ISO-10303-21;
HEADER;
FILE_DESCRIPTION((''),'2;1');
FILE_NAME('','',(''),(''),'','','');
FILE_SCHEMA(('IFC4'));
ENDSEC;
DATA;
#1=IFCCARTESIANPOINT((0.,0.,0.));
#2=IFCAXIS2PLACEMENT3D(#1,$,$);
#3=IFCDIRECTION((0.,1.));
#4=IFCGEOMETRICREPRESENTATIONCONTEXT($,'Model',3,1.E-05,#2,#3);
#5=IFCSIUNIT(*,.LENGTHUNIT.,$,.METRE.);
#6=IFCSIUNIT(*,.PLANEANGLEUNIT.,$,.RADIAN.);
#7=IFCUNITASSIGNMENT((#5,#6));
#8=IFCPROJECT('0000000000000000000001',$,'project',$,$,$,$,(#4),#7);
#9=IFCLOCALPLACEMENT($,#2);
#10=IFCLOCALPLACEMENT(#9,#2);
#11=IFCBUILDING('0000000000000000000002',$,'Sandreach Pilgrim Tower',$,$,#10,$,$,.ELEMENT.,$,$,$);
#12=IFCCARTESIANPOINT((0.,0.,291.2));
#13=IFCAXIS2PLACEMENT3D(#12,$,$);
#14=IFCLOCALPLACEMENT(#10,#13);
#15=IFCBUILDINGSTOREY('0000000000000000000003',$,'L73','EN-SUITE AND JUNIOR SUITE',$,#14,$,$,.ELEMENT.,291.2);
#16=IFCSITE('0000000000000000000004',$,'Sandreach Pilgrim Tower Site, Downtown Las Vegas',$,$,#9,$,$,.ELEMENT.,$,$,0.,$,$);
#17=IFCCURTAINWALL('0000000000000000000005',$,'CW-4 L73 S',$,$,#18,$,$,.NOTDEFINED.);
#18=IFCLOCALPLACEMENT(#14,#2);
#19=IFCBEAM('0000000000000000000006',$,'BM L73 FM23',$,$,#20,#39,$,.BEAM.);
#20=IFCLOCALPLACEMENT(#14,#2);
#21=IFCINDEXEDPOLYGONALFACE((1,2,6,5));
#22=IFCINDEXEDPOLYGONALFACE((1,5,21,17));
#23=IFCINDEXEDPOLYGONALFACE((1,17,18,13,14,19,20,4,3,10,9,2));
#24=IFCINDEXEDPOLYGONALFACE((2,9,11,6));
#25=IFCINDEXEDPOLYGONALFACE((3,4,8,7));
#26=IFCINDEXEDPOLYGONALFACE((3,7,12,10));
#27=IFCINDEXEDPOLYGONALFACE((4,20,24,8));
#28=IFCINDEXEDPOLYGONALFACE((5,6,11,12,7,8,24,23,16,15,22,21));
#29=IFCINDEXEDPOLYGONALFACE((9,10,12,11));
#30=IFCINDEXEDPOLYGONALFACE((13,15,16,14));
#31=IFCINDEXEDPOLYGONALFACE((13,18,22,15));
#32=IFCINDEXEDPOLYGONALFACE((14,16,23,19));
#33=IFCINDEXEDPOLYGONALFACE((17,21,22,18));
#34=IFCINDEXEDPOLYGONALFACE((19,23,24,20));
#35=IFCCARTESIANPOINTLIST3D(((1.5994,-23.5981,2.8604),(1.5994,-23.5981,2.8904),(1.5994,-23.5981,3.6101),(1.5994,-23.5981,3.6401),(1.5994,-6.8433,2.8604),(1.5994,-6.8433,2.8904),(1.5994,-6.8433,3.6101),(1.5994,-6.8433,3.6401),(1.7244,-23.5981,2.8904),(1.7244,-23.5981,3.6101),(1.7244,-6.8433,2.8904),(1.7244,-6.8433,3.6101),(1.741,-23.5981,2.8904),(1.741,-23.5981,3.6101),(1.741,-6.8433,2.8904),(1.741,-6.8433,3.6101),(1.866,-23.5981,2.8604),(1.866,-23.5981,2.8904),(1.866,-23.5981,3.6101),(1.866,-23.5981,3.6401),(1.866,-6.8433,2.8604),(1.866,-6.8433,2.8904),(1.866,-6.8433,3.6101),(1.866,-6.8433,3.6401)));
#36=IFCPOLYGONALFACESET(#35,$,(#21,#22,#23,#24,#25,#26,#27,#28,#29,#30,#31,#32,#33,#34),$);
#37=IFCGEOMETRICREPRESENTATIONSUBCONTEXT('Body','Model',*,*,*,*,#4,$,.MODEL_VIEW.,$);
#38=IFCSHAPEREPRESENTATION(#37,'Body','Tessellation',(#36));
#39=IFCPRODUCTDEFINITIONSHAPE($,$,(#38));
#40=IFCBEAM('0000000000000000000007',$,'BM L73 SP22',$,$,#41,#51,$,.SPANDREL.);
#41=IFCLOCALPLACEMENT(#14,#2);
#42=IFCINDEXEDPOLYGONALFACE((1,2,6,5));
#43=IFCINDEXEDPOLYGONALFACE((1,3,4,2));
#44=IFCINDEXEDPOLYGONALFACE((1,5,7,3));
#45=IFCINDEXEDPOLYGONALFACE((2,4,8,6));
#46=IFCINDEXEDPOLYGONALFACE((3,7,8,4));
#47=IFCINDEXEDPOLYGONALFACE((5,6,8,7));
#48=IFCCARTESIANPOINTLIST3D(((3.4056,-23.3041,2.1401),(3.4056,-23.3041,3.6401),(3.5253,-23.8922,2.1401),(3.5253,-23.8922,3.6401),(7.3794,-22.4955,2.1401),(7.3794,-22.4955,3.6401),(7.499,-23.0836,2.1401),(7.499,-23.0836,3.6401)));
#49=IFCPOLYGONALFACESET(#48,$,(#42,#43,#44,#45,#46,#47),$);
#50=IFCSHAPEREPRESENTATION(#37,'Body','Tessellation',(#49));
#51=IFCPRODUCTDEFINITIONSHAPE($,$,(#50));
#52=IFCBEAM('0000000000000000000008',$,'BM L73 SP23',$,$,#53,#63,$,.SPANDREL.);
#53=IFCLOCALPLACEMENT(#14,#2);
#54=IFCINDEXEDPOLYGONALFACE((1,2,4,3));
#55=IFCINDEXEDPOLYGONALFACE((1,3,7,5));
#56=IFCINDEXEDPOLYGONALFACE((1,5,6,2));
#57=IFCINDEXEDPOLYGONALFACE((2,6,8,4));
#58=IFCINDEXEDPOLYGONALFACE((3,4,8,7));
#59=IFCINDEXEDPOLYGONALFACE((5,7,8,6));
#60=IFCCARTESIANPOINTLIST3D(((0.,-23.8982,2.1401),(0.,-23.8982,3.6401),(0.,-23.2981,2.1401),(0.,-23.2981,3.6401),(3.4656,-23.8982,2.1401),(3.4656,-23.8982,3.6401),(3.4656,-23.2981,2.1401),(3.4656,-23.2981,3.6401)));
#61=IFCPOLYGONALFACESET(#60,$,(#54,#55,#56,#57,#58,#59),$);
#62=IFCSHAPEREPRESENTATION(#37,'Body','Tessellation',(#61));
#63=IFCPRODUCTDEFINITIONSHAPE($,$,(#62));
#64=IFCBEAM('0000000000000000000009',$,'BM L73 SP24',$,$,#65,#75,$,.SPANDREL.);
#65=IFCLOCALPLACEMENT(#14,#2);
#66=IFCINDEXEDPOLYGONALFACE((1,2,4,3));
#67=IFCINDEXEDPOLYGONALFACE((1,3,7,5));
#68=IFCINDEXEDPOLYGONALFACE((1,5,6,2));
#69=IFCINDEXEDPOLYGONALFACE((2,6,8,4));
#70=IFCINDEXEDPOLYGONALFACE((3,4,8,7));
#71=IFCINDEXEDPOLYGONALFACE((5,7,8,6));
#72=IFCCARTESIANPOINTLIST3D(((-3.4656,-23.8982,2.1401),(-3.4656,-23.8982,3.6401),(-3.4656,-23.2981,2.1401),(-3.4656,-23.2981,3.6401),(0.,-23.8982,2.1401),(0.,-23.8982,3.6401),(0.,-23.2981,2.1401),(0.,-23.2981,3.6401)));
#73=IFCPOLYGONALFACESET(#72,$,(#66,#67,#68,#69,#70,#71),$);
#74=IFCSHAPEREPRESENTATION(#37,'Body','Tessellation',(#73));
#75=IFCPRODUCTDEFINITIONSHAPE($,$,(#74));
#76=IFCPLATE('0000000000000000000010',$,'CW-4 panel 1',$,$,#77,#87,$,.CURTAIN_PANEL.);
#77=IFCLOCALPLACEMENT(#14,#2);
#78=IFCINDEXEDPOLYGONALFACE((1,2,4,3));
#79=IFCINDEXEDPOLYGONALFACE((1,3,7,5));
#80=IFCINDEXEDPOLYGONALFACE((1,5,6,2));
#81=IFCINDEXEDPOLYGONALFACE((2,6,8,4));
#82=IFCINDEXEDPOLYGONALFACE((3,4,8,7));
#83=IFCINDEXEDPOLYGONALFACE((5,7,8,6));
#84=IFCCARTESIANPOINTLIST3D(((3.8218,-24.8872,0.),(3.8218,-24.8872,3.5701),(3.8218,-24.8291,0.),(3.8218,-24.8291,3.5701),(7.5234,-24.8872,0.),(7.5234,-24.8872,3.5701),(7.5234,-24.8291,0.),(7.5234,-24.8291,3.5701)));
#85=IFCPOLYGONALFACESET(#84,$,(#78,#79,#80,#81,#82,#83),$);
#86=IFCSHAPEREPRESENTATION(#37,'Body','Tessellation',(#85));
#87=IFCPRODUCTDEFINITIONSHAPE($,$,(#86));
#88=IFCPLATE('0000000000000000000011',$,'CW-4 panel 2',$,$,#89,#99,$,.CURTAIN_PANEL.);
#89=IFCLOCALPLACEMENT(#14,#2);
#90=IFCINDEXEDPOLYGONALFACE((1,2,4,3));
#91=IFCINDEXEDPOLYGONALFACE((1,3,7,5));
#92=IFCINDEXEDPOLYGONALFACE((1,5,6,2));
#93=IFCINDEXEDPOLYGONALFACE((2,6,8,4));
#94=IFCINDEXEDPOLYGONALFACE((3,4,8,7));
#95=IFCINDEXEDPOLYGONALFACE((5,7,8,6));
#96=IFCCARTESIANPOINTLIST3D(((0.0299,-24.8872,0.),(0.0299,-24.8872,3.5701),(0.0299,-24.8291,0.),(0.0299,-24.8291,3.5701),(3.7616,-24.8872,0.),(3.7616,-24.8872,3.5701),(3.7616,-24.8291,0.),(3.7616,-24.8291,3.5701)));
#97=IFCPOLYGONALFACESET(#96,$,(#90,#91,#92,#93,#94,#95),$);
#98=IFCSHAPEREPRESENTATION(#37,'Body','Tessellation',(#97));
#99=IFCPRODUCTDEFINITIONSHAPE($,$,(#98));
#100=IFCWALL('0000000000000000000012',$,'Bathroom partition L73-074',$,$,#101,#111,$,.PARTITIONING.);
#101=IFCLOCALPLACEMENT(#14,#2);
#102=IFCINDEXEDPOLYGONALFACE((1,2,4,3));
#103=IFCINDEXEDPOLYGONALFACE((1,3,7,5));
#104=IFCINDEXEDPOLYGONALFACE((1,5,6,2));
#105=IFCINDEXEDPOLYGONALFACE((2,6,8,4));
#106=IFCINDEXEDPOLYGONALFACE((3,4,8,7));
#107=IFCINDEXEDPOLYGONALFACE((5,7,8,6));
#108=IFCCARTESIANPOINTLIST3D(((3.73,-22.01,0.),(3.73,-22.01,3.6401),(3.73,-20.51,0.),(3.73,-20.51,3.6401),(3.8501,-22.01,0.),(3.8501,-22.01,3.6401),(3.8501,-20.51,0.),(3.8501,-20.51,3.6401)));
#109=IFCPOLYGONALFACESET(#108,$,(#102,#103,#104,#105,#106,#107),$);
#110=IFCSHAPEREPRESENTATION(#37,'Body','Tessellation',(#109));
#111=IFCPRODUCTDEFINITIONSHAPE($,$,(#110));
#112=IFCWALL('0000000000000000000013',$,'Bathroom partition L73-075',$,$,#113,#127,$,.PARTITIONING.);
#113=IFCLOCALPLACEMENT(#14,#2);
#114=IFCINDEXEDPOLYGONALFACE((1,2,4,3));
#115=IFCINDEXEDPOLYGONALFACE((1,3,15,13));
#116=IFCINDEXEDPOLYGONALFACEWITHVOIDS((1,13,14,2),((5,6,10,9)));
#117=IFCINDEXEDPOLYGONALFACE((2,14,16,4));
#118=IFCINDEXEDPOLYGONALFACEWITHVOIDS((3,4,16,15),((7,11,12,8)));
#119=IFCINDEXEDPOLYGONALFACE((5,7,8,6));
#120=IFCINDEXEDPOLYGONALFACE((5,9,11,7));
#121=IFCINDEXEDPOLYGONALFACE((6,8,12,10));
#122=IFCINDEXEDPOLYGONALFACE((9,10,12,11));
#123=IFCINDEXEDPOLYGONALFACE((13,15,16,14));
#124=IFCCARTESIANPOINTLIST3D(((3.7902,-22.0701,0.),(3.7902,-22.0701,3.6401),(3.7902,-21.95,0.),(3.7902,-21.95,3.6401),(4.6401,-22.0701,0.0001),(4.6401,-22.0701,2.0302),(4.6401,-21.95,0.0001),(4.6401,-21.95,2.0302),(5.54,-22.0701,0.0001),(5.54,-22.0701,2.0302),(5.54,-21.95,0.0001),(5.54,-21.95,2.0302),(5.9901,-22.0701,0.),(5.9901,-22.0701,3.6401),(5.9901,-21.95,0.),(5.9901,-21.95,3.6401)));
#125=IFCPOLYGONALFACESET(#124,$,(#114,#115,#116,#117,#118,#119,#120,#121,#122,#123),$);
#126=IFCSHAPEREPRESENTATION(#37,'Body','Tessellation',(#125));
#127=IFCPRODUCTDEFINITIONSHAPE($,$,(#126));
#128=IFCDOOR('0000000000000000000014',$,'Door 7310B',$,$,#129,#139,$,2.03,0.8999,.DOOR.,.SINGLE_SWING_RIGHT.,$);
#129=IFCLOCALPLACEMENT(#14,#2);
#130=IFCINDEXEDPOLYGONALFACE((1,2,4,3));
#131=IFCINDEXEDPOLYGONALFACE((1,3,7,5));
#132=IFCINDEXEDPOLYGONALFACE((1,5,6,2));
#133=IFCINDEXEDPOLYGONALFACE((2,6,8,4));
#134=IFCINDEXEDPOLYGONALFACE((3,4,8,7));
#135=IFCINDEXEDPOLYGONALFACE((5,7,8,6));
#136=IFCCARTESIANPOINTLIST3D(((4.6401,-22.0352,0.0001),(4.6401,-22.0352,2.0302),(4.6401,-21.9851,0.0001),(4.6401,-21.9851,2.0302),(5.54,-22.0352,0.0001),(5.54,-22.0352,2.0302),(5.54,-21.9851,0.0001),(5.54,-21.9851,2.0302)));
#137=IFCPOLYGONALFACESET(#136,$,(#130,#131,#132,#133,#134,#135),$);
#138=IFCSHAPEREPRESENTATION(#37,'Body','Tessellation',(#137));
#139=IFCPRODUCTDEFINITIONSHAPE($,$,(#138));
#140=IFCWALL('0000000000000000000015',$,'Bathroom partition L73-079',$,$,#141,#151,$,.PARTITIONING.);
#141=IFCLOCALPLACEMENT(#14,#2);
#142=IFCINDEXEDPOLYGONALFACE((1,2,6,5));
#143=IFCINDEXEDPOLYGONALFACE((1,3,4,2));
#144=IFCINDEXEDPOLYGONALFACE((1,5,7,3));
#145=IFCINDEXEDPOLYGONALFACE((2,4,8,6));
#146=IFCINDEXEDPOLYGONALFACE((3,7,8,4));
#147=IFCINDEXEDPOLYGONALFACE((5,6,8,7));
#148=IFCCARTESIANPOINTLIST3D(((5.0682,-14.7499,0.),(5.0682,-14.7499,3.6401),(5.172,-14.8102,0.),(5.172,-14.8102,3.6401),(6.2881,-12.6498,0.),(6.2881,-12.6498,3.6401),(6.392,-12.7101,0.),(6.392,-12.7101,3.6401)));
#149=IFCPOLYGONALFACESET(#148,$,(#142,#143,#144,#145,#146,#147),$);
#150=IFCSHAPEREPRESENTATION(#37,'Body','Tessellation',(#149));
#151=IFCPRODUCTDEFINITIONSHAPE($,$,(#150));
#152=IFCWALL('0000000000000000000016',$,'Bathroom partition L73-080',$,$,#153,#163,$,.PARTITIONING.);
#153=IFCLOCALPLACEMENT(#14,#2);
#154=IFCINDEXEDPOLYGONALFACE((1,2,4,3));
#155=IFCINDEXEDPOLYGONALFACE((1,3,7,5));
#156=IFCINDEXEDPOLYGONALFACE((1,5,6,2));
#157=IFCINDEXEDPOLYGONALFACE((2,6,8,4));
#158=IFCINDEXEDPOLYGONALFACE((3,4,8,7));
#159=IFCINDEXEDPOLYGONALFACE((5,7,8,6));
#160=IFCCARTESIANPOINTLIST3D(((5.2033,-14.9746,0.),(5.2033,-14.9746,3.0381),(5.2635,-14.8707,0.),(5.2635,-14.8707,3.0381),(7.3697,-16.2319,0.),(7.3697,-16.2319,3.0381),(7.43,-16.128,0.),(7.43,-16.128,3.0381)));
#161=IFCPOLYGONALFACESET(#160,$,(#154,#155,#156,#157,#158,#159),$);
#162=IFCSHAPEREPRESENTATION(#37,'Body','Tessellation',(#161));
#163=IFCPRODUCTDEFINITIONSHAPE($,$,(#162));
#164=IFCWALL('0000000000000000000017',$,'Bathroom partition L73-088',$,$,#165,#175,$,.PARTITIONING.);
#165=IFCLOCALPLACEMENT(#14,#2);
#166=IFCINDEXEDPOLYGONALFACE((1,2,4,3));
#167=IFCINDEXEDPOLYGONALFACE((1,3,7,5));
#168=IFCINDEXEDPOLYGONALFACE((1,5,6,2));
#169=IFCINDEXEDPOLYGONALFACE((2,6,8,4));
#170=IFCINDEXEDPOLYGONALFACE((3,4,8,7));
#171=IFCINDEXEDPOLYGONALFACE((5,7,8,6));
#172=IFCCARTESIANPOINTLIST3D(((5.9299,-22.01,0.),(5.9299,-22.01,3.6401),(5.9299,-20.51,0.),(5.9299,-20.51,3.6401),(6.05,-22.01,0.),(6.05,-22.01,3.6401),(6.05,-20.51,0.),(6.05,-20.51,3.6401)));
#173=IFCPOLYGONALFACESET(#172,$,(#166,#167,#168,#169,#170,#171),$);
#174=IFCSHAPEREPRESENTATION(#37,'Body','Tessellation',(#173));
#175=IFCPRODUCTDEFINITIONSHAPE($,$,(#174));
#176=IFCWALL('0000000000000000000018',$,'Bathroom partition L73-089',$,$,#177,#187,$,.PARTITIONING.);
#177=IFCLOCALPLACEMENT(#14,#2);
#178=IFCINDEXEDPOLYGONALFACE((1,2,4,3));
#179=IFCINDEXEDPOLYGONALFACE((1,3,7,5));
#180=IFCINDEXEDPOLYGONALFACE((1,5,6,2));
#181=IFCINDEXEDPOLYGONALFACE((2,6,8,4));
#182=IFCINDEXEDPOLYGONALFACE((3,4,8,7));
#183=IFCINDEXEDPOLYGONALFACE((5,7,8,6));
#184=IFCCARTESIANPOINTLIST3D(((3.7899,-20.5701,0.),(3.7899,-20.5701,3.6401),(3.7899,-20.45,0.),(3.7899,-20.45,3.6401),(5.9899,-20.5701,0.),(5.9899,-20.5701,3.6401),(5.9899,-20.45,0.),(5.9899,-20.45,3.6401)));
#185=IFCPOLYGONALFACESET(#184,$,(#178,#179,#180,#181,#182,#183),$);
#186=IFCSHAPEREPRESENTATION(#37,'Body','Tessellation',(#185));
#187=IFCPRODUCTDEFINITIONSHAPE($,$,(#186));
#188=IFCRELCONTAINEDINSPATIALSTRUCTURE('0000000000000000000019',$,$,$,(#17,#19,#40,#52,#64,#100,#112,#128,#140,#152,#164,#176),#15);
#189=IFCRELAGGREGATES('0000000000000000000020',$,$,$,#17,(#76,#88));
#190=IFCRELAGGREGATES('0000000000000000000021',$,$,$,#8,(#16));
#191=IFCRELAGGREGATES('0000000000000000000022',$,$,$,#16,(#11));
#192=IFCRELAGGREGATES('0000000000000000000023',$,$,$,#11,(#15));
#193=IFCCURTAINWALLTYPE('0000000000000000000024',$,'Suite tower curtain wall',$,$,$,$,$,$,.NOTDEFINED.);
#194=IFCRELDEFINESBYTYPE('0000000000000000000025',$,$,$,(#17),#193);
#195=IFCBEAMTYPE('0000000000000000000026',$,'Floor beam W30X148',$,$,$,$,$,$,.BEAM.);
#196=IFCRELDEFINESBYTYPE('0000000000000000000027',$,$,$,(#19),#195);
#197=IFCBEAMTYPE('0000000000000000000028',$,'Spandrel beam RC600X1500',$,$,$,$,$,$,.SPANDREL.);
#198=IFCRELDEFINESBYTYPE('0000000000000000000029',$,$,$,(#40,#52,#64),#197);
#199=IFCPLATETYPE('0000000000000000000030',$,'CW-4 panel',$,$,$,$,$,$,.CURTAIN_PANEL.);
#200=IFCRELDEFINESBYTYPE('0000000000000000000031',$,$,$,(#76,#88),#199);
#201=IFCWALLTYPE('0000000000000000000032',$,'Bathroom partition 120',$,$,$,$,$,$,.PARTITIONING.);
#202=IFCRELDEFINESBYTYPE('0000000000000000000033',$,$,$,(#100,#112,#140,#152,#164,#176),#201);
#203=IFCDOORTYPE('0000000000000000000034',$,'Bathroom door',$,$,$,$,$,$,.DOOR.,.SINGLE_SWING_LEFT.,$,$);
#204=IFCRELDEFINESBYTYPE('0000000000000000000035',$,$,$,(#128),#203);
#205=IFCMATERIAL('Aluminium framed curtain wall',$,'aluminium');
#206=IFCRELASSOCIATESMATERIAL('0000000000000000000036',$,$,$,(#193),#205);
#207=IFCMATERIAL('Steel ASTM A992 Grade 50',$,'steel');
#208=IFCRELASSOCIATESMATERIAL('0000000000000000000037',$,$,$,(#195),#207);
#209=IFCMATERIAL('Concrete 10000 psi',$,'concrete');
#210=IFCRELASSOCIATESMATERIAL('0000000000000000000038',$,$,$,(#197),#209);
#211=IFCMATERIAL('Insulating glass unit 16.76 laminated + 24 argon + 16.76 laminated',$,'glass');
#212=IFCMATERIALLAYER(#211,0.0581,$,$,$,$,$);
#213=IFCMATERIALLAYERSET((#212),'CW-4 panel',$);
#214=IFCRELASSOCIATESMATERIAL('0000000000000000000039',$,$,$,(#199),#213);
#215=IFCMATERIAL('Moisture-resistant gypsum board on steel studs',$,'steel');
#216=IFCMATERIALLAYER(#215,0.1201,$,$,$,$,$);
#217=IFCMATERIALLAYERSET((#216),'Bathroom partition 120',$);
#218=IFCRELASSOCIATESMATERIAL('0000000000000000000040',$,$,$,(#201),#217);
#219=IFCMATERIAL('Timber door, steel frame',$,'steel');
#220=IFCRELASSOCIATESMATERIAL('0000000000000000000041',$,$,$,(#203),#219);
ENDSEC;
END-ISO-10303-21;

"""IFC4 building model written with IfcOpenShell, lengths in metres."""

from ifc_helpers import new_model, si_unit, direction, frame, frame_2d, origin, origin_2d, place, context, subcontext, project, spatial, rectangle, i_section, extrude, material, layer, layer_set, material_profile, profile_set, type_object, element, fill, aggregate, save


model = new_model("IFC4")

# Units and contexts
model_context = context("Model", 3, precision=1e-05, world=origin(), true_north=direction((0.0, 1.0)))
body_context = subcontext(model_context, "Body", "Model", "MODEL_VIEW")
ifc_project = project(units=[si_unit("LENGTHUNIT", "METRE"), si_unit("PLANEANGLEUNIT", "RADIAN")], contexts=[model_context])

# Site, building, storey
site_placement = place(None, origin())
site = spatial("IfcSite", under=ifc_project, at=site_placement, Name="Sandreach Pilgrim Tower Site, Downtown Las Vegas", CompositionType="ELEMENT", RefElevation=0.0)
building_placement = place(site_placement, origin())
building = spatial("IfcBuilding", under=site, at=building_placement, Name="Sandreach Pilgrim Tower", CompositionType="ELEMENT")
storey_placement = place(building_placement, frame((0.0, 0.0, 291.2)))
storey = spatial("IfcBuildingStorey", under=building, at=storey_placement, Name="L73", Description="EN-SUITE AND JUNIOR SUITE", CompositionType="ELEMENT", Elevation=291.2)

# Curtain wall
ifc_material_1 = material(Name="Aluminium framed curtain wall", Category="aluminium")
curtain_wall_type = type_object("IfcCurtainWallType", Name="Suite tower curtain wall", PredefinedType="NOTDEFINED", material=ifc_material_1)
curtain_wall_placement = place(storey_placement, origin())
curtain_wall = element("IfcCurtainWall", 1, at=curtain_wall_placement, inside=storey, type_object=curtain_wall_type, Name="CW-4 L73 S", PredefinedType="NOTDEFINED")

# Beams
ifc_material_2 = material(Name="Steel ASTM A992 Grade 50", Category="steel")
ifc_material_profile_1 = material_profile(ifc_material_2, i_section(OverallWidth=0.2666, OverallDepth=0.7798, WebThickness=0.0166, FlangeThickness=0.03, at=origin_2d()), Name="W30X148")
ifc_profile_set_1 = profile_set([ifc_material_profile_1], Name="Steel ASTM A992 Grade 50")
beam_type_1 = type_object("IfcBeamType", Name="Floor beam W30X148", PredefinedType="BEAM", material=ifc_profile_set_1)
beam_1_placement = place(storey_placement, frame((1.7327, -23.5981, 3.2502), z_axis=(0.0, 1.0, 0.0), x_axis=(-1.0, 0.0, 0.0)))
element("IfcBeam", 2, at=beam_1_placement, inside=storey, type_object=beam_type_1, Name="BM L73 FM23", PredefinedType="BEAM", context=body_context, shape_type="SweptSolid", body=[
    extrude(i_section(OverallWidth=0.2666, OverallDepth=0.7798, WebThickness=0.0166, FlangeThickness=0.03, at=origin_2d()), origin(), (0.0, 0.0, 1.0), 16.7549),
])
ifc_material_3 = material(Name="Concrete 10000 psi", Category="concrete")
ifc_material_profile_2 = material_profile(ifc_material_3, rectangle(XDim=0.6001, YDim=1.5, at=origin_2d()), Name="RC600X1500")
ifc_profile_set_2 = profile_set([ifc_material_profile_2], Name="Concrete 10000 psi")
beam_type_2 = type_object("IfcBeamType", Name="Spandrel beam RC600X1500", PredefinedType="SPANDREL", material=ifc_profile_set_2)
beam_2_placement = place(storey_placement, frame((7.4392, -22.7896, 2.8901), z_axis=(-0.979918, -0.199403, 0.0), x_axis=(0.199403, -0.979918, 0.0)))
element("IfcBeam", 3, at=beam_2_placement, inside=storey, type_object=beam_type_2, Name="BM L73 SP22", PredefinedType="SPANDREL", context=body_context, shape_type="SweptSolid", body=[
    extrude(rectangle(XDim=0.6001, YDim=1.5, at=origin_2d()), origin(), (0.0, 0.0, 1.0), 4.0552),
])
for number, where, z_axis, x_axis, name in (
    (4, (3.4656, -23.5981, 2.8901), (-1.0, 0.0, 0.0), (0.0, -1.0, 0.0), "BM L73 SP23"),
    (5, (0.0, -23.5981, 2.8901), (-1.0, 0.0, 0.0), (0.0, -1.0, 0.0), "BM L73 SP24"),
):
    element("IfcBeam", number, at=place(storey_placement, frame(where, z_axis=z_axis, x_axis=x_axis)), inside=storey, type_object=beam_type_2, Name=name, PredefinedType="SPANDREL", context=body_context, shape_type="SweptSolid", body=[
        extrude(rectangle(XDim=0.6001, YDim=1.5, at=origin_2d()), origin(), (0.0, 0.0, 1.0), 3.4656),
    ])

# Plates
ifc_material_4 = material(Name="Insulating glass unit 16.76 laminated + 24 argon + 16.76 laminated", Category="glass")
ifc_layer_1 = layer(ifc_material_4, 0.0581)
ifc_layer_set_1 = layer_set([ifc_layer_1], Name="CW-4 panel")
plate_type = type_object("IfcPlateType", Name="CW-4 panel", PredefinedType="CURTAIN_PANEL", material=ifc_layer_set_1)
plate_1_placement = place(storey_placement, frame((5.6726, -24.8582, 0.0), z_axis=(0.0, 0.0, 1.0), x_axis=(-1.0, 0.0, 0.0)))
plate_1 = element("IfcPlate", 6, at=plate_1_placement, type_object=plate_type, Name="CW-4 panel 1", PredefinedType="CURTAIN_PANEL", context=body_context, shape_type="SweptSolid", body=[
    extrude(rectangle(XDim=3.7017, YDim=0.0581, at=origin_2d()), origin(), (0.0, 0.0, 1.0), 3.5701),
])
plate_2_placement = place(storey_placement, frame((1.8958, -24.8582, 0.0), z_axis=(0.0, 0.0, 1.0), x_axis=(-1.0, 0.0, 0.0)))
plate_2 = element("IfcPlate", 7, at=plate_2_placement, type_object=plate_type, Name="CW-4 panel 2", PredefinedType="CURTAIN_PANEL", context=body_context, shape_type="SweptSolid", body=[
    extrude(rectangle(XDim=3.7317, YDim=0.0581, at=origin_2d()), origin(), (0.0, 0.0, 1.0), 3.5701),
])
aggregate(curtain_wall, [plate_1, plate_2])

# Wall
ifc_material_5 = material(Name="Moisture-resistant gypsum board on steel studs", Category="steel")
ifc_layer_2 = layer(ifc_material_5, 0.1201)
ifc_layer_set_2 = layer_set([ifc_layer_2], Name="Bathroom partition 120")
wall_type_1 = type_object("IfcWallType", Name="Bathroom partition 120", PredefinedType="PARTITIONING", material=ifc_layer_set_2)
wall_1_placement = place(storey_placement, frame((3.79, -22.01, 0.0), z_axis=(0.0, 0.0, 1.0), x_axis=(0.0, 1.0, 0.0)))
element("IfcWall", 8, at=wall_1_placement, inside=storey, type_object=wall_type_1, Name="Bathroom partition L73-074", PredefinedType="PARTITIONING", context=body_context, shape_type="SweptSolid", body=[
    extrude(rectangle(XDim=1.5, YDim=0.1201, at=frame_2d((0.75, 0.0))), origin(), (0.0, 0.0, 1.0), 3.6401),
])

# Wall, opening, door
wall_2_placement = place(storey_placement, frame((3.79, -22.01, 0.0), z_axis=(0.0, 0.0, 1.0), x_axis=(1.0, 0.0, 0.0)))
wall_2 = element("IfcWall", 9, at=wall_2_placement, inside=storey, type_object=wall_type_1, Name="Bathroom partition L73-075", PredefinedType="PARTITIONING", context=body_context, shape_type="SweptSolid", body=[
    extrude(rectangle(XDim=2.2, YDim=0.1201, at=frame_2d((1.1001, 0.0))), origin(), (0.0, 0.0, 1.0), 3.6401),
])
opening_1_placement = place(wall_2_placement, frame((0.8501, 0.0, 0.0)))
opening_1 = element("IfcOpeningElement", 10, at=opening_1_placement, cuts=wall_2, PredefinedType="OPENING", context=body_context, shape_type="SweptSolid", body=[
    extrude(rectangle(XDim=0.8999, YDim=2.03, at=frame_2d((0.45, 1.0151))), frame((0.0, 0.0601, 0.0), z_axis=(0.0, -1.0, 0.0), x_axis=(1.0, 0.0, 0.0)), (0.0, 0.0, 1.0), 0.1201),
])
ifc_material_6 = material(Name="Timber door, steel frame", Category="steel")
door_type_1 = type_object("IfcDoorType", Name="Bathroom door", OperationType="SINGLE_SWING_LEFT", PredefinedType="DOOR", material=ifc_material_6)
door_1_placement = place(opening_1_placement, origin())
door_1 = element("IfcDoor", 11, at=door_1_placement, inside=storey, type_object=door_type_1, Name="Door 7310B", OperationType="SINGLE_SWING_RIGHT", OverallHeight=2.03, OverallWidth=0.8999, PredefinedType="DOOR", context=body_context, shape_type="SweptSolid", body=[
    extrude(rectangle(XDim=0.8999, YDim=2.03, at=frame_2d((0.45, 1.0151))), frame((0.0, 0.0249, 0.0), z_axis=(0.0, -1.0, 0.0), x_axis=(1.0, 0.0, 0.0)), (0.0, 0.0, 1.0), 0.05),
])
fill(opening_1, door_1)

# Walls
wall_3_placement = place(storey_placement, frame((5.1201, -14.78, 0.0), z_axis=(0.0, 0.0, 1.0), x_axis=(0.502308, 0.864689, 0.0)))
element("IfcWall", 12, at=wall_3_placement, inside=storey, type_object=wall_type_1, Name="Bathroom partition L73-079", PredefinedType="PARTITIONING", context=body_context, shape_type="SweptSolid", body=[
    extrude(rectangle(XDim=2.4287, YDim=0.1201, at=frame_2d((1.2144, 0.0))), origin(), (0.0, 0.0, 1.0), 3.6401),
])
wall_4_placement = place(storey_placement, frame((5.2334, -14.9226, 0.0), z_axis=(0.0, 0.0, 1.0), x_axis=(0.864901, -0.501943, 0.0)))
element("IfcWall", 13, at=wall_4_placement, inside=storey, type_object=wall_type_1, Name="Bathroom partition L73-080", PredefinedType="PARTITIONING", context=body_context, shape_type="SweptSolid", body=[
    extrude(rectangle(XDim=2.5049, YDim=0.1201, at=frame_2d((1.2524, 0.0))), origin(), (0.0, 0.0, 1.0), 3.0381),
])
wall_5_placement = place(storey_placement, frame((5.99, -22.01, 0.0), z_axis=(0.0, 0.0, 1.0), x_axis=(0.0, 1.0, 0.0)))
element("IfcWall", 14, at=wall_5_placement, inside=storey, type_object=wall_type_1, Name="Bathroom partition L73-088", PredefinedType="PARTITIONING", context=body_context, shape_type="SweptSolid", body=[
    extrude(rectangle(XDim=1.5, YDim=0.1201, at=frame_2d((0.75, 0.0))), origin(), (0.0, 0.0, 1.0), 3.6401),
])
wall_6_placement = place(storey_placement, frame((5.99, -20.51, 0.0), z_axis=(0.0, 0.0, 1.0), x_axis=(-1.0, 0.0, 0.0)))
element("IfcWall", 15, at=wall_6_placement, inside=storey, type_object=wall_type_1, Name="Bathroom partition L73-089", PredefinedType="PARTITIONING", context=body_context, shape_type="SweptSolid", body=[
    extrude(rectangle(XDim=2.2, YDim=0.1201, at=frame_2d((1.1001, 0.0))), origin(), (0.0, 0.0, 1.0), 3.6401),
])

save(model, "model.ifc")
